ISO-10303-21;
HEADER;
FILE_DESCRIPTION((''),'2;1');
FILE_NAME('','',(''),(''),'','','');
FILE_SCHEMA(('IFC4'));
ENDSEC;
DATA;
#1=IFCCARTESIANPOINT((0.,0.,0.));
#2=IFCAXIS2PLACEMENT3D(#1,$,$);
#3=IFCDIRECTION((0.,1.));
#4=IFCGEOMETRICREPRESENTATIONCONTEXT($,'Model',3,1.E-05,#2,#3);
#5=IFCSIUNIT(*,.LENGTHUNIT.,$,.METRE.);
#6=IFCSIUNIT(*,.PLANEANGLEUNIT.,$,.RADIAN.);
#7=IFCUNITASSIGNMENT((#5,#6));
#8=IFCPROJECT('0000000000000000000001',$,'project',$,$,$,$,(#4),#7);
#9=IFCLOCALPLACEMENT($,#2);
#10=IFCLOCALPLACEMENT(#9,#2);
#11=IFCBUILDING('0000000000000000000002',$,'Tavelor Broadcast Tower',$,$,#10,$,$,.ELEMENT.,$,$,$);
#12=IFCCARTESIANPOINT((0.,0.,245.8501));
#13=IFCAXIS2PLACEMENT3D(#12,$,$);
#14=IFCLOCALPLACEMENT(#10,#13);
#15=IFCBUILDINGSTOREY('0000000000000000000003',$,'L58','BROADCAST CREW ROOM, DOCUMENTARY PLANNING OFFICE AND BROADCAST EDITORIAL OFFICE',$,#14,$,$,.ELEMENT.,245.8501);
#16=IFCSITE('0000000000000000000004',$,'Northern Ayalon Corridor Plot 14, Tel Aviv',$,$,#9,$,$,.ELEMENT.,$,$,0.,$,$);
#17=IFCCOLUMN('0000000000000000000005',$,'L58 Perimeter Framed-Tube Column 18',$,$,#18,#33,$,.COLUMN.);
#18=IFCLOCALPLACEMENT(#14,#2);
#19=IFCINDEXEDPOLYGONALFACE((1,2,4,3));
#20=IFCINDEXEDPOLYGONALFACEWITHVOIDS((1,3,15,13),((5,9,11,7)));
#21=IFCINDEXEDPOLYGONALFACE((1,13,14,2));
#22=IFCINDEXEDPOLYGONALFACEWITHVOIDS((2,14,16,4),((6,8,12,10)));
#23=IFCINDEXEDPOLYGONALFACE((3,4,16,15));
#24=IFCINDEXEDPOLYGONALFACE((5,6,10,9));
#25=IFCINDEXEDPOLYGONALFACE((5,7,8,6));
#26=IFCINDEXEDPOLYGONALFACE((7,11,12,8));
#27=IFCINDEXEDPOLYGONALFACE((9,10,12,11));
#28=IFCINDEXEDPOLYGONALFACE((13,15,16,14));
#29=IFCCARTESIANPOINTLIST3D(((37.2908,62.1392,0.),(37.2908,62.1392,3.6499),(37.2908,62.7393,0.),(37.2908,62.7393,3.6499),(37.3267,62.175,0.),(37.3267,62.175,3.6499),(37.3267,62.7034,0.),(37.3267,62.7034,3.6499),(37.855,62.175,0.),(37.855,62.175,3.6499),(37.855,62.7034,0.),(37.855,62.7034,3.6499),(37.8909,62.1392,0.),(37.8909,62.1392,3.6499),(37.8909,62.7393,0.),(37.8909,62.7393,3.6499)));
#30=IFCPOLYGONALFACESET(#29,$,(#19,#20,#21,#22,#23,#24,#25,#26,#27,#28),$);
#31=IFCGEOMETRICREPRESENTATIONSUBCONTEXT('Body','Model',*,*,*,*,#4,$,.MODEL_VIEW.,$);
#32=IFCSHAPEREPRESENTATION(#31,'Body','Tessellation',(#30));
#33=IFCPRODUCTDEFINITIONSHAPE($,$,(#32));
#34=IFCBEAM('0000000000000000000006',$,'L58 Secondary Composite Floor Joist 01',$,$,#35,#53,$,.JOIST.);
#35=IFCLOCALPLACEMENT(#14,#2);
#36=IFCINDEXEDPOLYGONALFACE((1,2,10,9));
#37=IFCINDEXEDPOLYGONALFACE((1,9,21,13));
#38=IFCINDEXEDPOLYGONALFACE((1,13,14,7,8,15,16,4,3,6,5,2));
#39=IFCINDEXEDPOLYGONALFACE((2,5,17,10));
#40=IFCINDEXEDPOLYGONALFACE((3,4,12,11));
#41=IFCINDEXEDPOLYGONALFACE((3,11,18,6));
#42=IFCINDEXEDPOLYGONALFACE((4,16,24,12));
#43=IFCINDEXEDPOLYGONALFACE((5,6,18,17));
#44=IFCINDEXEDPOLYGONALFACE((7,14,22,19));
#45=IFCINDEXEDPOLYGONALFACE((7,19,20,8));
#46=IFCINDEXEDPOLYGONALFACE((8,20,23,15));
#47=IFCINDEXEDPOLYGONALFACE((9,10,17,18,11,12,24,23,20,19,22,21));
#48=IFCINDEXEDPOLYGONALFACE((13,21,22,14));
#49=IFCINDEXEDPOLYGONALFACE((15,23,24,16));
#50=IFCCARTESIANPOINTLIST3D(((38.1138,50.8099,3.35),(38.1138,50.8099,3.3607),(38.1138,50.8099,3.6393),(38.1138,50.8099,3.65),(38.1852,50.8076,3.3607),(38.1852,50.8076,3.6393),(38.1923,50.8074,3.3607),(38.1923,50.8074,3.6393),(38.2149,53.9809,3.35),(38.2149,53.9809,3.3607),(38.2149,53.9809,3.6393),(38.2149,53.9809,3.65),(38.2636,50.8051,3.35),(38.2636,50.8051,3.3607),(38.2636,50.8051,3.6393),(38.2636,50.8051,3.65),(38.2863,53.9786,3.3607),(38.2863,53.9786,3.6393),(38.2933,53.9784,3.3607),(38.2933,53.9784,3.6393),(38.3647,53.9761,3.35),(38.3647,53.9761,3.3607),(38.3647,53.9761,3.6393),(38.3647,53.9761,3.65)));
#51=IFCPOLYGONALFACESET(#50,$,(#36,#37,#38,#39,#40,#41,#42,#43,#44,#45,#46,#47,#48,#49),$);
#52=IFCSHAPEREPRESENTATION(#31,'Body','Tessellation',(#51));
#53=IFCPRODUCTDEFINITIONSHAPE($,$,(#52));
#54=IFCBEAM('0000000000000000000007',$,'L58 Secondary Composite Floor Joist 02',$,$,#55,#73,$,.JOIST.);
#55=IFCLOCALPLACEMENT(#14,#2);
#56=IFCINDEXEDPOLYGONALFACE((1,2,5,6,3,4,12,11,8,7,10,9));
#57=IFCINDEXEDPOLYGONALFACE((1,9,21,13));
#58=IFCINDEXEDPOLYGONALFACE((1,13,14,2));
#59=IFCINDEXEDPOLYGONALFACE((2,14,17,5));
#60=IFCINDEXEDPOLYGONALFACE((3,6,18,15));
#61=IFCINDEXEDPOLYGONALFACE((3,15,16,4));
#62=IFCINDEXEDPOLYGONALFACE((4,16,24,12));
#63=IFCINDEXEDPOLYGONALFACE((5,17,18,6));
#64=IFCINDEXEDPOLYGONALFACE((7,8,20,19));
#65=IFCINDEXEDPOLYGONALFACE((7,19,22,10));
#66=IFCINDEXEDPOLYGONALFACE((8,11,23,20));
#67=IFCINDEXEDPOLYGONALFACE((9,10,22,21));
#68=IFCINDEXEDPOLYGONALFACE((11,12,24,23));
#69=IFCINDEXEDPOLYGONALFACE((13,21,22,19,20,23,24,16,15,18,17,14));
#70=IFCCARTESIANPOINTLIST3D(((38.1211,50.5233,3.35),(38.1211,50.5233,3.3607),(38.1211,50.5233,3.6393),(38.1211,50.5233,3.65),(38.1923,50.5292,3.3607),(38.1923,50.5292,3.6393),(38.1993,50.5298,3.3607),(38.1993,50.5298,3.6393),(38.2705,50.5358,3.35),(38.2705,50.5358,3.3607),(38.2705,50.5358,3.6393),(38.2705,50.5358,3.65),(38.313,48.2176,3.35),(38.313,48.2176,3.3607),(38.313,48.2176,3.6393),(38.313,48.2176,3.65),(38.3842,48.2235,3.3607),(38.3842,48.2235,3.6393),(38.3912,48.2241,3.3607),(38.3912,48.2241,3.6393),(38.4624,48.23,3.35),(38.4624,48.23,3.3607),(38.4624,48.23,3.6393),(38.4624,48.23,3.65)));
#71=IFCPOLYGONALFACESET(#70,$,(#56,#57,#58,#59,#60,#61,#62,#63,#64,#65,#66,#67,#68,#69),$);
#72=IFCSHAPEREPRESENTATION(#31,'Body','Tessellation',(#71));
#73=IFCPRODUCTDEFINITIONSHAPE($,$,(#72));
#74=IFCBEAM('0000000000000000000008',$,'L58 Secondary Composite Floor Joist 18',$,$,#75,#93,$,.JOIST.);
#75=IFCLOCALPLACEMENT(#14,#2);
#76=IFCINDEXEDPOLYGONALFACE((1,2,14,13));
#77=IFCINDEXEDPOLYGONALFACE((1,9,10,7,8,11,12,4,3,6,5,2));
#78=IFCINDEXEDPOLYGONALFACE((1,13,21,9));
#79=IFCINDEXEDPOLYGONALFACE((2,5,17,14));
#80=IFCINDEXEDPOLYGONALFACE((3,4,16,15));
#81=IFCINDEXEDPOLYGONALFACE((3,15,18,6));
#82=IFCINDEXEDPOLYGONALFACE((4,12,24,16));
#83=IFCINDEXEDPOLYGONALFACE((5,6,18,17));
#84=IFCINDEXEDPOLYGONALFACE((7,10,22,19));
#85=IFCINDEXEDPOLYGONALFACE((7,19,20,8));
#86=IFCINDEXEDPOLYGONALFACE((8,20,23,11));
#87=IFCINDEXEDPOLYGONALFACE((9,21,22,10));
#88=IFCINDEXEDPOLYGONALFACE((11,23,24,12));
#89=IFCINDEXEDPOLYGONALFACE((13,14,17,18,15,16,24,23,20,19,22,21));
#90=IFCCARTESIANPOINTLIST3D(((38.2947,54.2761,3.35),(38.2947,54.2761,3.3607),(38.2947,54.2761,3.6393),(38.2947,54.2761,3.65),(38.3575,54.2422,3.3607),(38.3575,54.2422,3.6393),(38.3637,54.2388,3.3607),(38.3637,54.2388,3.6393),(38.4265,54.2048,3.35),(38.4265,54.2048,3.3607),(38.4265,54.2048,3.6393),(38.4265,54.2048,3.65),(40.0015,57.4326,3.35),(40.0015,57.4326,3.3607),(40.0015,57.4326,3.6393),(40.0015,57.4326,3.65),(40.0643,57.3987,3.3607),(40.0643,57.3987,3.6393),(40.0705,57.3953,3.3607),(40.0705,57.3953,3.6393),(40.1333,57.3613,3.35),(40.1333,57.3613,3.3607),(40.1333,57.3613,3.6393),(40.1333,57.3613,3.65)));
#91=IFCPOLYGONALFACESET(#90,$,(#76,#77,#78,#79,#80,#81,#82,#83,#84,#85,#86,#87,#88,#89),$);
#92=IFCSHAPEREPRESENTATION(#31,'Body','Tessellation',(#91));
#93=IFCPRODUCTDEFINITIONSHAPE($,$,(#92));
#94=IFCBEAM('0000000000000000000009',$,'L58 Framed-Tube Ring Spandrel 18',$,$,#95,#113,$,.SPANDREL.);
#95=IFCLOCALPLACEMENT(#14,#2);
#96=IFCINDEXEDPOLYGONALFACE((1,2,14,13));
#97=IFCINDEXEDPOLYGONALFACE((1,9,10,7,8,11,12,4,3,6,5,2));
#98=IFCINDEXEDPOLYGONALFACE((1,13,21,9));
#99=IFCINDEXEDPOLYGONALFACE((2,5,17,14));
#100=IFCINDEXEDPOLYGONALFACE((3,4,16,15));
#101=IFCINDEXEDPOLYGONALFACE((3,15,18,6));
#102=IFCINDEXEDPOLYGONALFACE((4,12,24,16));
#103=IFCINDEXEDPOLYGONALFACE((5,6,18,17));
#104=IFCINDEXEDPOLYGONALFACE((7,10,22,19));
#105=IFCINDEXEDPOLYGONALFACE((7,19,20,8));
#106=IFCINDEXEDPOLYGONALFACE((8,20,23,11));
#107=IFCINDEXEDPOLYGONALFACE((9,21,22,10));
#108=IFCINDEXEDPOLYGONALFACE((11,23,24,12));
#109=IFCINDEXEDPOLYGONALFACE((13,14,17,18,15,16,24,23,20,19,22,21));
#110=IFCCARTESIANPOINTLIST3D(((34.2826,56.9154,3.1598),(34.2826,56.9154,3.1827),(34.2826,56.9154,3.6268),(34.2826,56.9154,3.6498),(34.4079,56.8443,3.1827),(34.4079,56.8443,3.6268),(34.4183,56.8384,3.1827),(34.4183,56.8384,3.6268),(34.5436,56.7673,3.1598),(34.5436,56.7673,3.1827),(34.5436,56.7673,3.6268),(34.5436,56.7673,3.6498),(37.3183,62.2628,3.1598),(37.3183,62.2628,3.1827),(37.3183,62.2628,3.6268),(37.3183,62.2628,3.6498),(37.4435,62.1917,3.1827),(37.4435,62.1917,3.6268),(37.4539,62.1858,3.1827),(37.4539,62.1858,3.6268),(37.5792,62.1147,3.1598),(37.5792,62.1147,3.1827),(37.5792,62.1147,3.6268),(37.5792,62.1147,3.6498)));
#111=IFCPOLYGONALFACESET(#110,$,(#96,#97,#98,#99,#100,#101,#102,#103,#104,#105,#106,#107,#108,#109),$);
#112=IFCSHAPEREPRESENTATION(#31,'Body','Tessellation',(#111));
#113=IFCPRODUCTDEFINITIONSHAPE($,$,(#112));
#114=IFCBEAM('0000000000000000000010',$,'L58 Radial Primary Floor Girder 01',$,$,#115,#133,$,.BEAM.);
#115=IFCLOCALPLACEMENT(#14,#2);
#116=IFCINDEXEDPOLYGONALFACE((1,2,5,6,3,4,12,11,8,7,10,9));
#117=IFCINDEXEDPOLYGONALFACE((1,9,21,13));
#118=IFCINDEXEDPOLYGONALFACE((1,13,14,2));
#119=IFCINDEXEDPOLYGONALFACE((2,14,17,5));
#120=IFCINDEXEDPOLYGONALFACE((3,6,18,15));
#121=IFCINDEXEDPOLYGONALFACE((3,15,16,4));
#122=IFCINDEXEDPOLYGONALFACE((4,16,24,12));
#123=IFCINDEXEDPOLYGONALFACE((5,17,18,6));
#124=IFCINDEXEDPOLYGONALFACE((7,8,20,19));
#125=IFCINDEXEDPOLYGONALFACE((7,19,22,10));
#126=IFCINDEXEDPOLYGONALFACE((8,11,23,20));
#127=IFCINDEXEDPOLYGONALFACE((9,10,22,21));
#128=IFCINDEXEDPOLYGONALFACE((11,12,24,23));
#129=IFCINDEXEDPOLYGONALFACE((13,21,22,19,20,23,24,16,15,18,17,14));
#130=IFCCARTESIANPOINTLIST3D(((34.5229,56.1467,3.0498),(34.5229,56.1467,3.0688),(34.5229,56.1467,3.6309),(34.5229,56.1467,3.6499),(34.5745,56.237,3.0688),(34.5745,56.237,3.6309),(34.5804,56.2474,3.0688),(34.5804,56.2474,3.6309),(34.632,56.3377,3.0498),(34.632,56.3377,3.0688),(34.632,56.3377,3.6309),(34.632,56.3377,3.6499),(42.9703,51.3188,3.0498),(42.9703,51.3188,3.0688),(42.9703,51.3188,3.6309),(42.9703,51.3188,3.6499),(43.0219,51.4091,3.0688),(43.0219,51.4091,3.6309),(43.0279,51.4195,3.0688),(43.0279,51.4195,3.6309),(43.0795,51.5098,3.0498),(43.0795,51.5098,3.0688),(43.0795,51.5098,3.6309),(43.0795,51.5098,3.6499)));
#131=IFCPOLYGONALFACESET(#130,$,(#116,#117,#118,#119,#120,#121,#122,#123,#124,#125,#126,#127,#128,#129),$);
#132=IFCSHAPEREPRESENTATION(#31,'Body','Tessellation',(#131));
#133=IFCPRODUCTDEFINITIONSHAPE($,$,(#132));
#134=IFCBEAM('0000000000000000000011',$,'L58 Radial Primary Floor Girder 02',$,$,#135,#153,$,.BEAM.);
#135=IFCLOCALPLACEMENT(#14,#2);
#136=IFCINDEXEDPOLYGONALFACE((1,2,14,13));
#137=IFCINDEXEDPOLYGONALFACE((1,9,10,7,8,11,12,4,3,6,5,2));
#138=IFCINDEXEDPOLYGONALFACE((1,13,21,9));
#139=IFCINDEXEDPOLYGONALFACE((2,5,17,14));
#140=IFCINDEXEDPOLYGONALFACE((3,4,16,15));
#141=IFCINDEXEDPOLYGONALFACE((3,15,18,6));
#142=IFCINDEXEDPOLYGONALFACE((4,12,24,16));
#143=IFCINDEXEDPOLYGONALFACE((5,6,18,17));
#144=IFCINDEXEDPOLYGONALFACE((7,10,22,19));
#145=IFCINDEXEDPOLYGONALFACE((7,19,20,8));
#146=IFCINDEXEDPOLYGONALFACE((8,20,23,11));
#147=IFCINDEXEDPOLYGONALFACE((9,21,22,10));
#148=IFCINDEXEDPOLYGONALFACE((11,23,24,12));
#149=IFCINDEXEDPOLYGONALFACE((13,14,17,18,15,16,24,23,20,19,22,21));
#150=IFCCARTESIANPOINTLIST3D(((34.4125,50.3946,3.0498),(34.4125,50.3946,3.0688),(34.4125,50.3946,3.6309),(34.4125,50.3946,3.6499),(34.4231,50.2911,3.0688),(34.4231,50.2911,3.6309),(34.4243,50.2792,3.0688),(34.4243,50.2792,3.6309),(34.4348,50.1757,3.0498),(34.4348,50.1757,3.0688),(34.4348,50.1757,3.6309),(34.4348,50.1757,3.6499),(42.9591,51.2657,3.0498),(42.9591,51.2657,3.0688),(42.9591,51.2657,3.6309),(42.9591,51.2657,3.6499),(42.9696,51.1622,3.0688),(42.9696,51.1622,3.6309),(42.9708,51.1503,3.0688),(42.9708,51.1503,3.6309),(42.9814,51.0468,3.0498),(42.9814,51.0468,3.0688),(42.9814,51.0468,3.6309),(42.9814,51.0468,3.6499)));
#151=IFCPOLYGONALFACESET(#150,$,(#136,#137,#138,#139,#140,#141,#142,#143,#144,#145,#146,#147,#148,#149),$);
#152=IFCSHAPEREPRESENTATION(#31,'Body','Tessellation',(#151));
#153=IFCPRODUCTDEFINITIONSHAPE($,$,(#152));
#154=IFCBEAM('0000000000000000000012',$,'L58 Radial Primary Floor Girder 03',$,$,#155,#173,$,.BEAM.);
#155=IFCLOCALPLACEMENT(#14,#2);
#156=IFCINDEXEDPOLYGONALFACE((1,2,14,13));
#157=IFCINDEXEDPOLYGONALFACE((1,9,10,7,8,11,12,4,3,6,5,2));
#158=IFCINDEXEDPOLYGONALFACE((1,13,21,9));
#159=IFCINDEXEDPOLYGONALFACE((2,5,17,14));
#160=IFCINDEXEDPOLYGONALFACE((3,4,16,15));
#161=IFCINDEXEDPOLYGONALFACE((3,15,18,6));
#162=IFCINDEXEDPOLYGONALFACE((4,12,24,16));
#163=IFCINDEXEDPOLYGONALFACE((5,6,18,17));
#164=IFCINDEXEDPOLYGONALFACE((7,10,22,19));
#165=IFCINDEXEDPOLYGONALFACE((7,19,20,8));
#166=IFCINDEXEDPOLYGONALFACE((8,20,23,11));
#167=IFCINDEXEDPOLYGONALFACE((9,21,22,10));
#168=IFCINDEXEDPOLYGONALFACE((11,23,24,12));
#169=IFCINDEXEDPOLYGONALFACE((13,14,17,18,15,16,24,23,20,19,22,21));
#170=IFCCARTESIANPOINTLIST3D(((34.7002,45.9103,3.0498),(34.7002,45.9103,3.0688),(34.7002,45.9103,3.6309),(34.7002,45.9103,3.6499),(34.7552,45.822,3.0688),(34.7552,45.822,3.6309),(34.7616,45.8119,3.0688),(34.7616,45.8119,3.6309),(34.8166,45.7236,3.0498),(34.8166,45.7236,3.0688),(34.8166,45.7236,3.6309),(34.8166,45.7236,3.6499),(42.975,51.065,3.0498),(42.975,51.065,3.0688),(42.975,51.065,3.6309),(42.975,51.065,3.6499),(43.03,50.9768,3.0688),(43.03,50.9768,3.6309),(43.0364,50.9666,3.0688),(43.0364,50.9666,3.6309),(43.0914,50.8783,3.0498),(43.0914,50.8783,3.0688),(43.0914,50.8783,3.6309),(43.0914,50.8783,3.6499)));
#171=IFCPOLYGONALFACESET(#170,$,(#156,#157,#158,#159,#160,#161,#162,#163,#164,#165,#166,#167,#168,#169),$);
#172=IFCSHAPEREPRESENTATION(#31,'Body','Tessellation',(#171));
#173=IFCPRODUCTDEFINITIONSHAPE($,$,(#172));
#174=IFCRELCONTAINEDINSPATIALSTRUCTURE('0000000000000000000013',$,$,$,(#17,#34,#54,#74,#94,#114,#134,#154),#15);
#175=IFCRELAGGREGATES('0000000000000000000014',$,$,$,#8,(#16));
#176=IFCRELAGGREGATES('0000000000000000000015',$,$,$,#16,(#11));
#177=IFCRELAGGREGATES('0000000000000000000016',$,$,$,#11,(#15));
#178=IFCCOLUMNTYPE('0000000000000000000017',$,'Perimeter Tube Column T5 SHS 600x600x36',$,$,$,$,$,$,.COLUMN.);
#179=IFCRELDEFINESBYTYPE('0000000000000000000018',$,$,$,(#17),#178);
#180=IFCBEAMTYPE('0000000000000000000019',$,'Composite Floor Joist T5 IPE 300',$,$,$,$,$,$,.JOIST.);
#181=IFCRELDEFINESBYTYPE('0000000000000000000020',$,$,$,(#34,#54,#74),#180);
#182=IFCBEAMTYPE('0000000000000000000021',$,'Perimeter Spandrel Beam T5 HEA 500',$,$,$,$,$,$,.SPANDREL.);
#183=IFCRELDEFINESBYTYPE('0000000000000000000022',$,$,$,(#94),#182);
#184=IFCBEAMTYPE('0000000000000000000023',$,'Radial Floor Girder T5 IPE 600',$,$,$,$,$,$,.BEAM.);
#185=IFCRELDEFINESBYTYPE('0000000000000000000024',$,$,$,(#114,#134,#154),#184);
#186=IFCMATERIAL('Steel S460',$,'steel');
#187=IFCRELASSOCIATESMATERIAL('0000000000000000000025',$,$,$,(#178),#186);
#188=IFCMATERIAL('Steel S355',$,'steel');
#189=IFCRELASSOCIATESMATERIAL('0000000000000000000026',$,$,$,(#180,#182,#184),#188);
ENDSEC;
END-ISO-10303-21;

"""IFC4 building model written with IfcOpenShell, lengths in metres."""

from ifc_helpers import new_model, si_unit, direction, frame, origin, origin_2d, place, context, subcontext, project, spatial, hollow_rectangle, i_section, extrude, material, material_profile, profile_set, type_object, element, save


model = new_model("IFC4")

# Units and contexts
model_context = context("Model", 3, precision=1e-05, world=origin(), true_north=direction((0.0, 1.0)))
body_context = subcontext(model_context, "Body", "Model", "MODEL_VIEW")
ifc_project = project(units=[si_unit("LENGTHUNIT", "METRE"), si_unit("PLANEANGLEUNIT", "RADIAN")], contexts=[model_context])

# Site, building, storey
site_placement = place(None, origin())
site = spatial("IfcSite", under=ifc_project, at=site_placement, Name="Northern Ayalon Corridor Plot 14, Tel Aviv", CompositionType="ELEMENT", RefElevation=0.0)
building_placement = place(site_placement, origin())
building = spatial("IfcBuilding", under=site, at=building_placement, Name="Tavelor Broadcast Tower", CompositionType="ELEMENT")
storey_placement = place(building_placement, frame((0.0, 0.0, 245.8501)))
storey = spatial("IfcBuildingStorey", under=building, at=storey_placement, Name="L58", Description="BROADCAST CREW ROOM, DOCUMENTARY PLANNING OFFICE AND BROADCAST EDITORIAL OFFICE", CompositionType="ELEMENT", Elevation=245.8501)

# Column
ifc_material_1 = material(Name="Steel S460", Category="steel")
ifc_material_profile_1 = material_profile(ifc_material_1, hollow_rectangle(XDim=0.6001, YDim=0.6001, WallThickness=0.0359, at=origin_2d()), Name="SHS 600x600x36")
ifc_profile_set_1 = profile_set([ifc_material_profile_1], Name="Steel S460")
column_type = type_object("IfcColumnType", Name="Perimeter Tube Column T5 SHS 600x600x36", PredefinedType="COLUMN", material=ifc_profile_set_1)
column_placement = place(storey_placement, frame((37.5908, 62.4392, 0.0), z_axis=(0.0, 0.0, 1.0), x_axis=(1.0, 0.0, 0.0)))
element("IfcColumn", 1, at=column_placement, inside=storey, type_object=column_type, Name="L58 Perimeter Framed-Tube Column 18", PredefinedType="COLUMN", context=body_context, shape_type="SweptSolid", body=[
    extrude(hollow_rectangle(XDim=0.6001, YDim=0.6001, WallThickness=0.0359, at=origin_2d()), origin(), (0.0, 0.0, 1.0), 3.6499),
])

# Beams
ifc_material_2 = material(Name="Steel S355", Category="steel")
ifc_material_profile_2 = material_profile(ifc_material_2, i_section(OverallWidth=0.1499, OverallDepth=0.3, WebThickness=0.0071, FlangeThickness=0.0107, at=origin_2d()), Name="IPE 300")
ifc_profile_set_2 = profile_set([ifc_material_profile_2], Name="Steel S355")
beam_type_1 = type_object("IfcBeamType", Name="Composite Floor Joist T5 IPE 300", PredefinedType="JOIST", material=ifc_profile_set_2)
beam_1_placement = place(storey_placement, frame((38.2898, 53.9785, 3.5), z_axis=(-0.031859, -0.999492, 0.0), x_axis=(0.999492, -0.031859, 0.0)))
element("IfcBeam", 2, at=beam_1_placement, inside=storey, type_object=beam_type_1, Name="L58 Secondary Composite Floor Joist 01", PredefinedType="JOIST", context=body_context, shape_type="SweptSolid", body=[
    extrude(i_section(OverallWidth=0.1499, OverallDepth=0.3, WebThickness=0.0071, FlangeThickness=0.0107, at=origin_2d()), origin(), (0.0, 0.0, 1.0), 3.1726),
])
beam_2_placement = place(storey_placement, frame((38.1958, 50.5295, 3.5), z_axis=(0.082941, -0.996554, 0.0), x_axis=(0.996554, 0.082941, 0.0)))
element("IfcBeam", 3, at=beam_2_placement, inside=storey, type_object=beam_type_1, Name="L58 Secondary Composite Floor Joist 02", PredefinedType="JOIST", context=body_context, shape_type="SweptSolid", body=[
    extrude(i_section(OverallWidth=0.1499, OverallDepth=0.3, WebThickness=0.0071, FlangeThickness=0.0107, at=origin_2d()), origin(), (0.0, 0.0, 1.0), 2.3137),
])
beam_3_placement = place(storey_placement, frame((40.0674, 57.397, 3.5), z_axis=(-0.475641, -0.87964, 0.0), x_axis=(0.87964, -0.475641, 0.0)))
element("IfcBeam", 4, at=beam_3_placement, inside=storey, type_object=beam_type_1, Name="L58 Secondary Composite Floor Joist 18", PredefinedType="JOIST", context=body_context, shape_type="SweptSolid", body=[
    extrude(i_section(OverallWidth=0.1499, OverallDepth=0.3, WebThickness=0.0071, FlangeThickness=0.0107, at=origin_2d()), origin(), (0.0, 0.0, 1.0), 3.5884),
])
ifc_material_profile_3 = material_profile(ifc_material_2, i_section(OverallWidth=0.3, OverallDepth=0.49, WebThickness=0.012, FlangeThickness=0.0229, at=origin_2d()), Name="HEA 500")
ifc_profile_set_3 = profile_set([ifc_material_profile_3], Name="Steel S355")
beam_type_2 = type_object("IfcBeamType", Name="Perimeter Spandrel Beam T5 HEA 500", PredefinedType="SPANDREL", material=ifc_profile_set_3)
beam_4_placement = place(storey_placement, frame((37.4487, 62.1887, 3.4048), z_axis=(-0.493683, -0.869642, 0.0), x_axis=(0.869642, -0.493683, 0.0)))
element("IfcBeam", 5, at=beam_4_placement, inside=storey, type_object=beam_type_2, Name="L58 Framed-Tube Ring Spandrel 18", PredefinedType="SPANDREL", context=body_context, shape_type="SweptSolid", body=[
    extrude(i_section(OverallWidth=0.3, OverallDepth=0.49, WebThickness=0.012, FlangeThickness=0.0229, at=origin_2d()), origin(), (0.0, 0.0, 1.0), 6.1489),
])
ifc_material_profile_4 = material_profile(ifc_material_2, i_section(OverallWidth=0.22, OverallDepth=0.6001, WebThickness=0.012, FlangeThickness=0.019, at=origin_2d()), Name="IPE 600")
ifc_profile_set_4 = profile_set([ifc_material_profile_4], Name="Steel S355")
beam_type_3 = type_object("IfcBeamType", Name="Radial Floor Girder T5 IPE 600", PredefinedType="BEAM", material=ifc_profile_set_4)
beam_5_placement = place(storey_placement, frame((43.0249, 51.4143, 3.3499), z_axis=(-0.868211, 0.496196, 0.0), x_axis=(-0.496196, -0.868211, 0.0)))
element("IfcBeam", 6, at=beam_5_placement, inside=storey, type_object=beam_type_3, Name="L58 Radial Primary Floor Girder 01", PredefinedType="BEAM", context=body_context, shape_type="SweptSolid", body=[
    extrude(i_section(OverallWidth=0.22, OverallDepth=0.6001, WebThickness=0.012, FlangeThickness=0.019, at=origin_2d()), origin(), (0.0, 0.0, 1.0), 9.7297),
])
beam_6_placement = place(storey_placement, frame((42.9702, 51.1562, 3.3499), z_axis=(-0.994846, -0.101397, 0.0), x_axis=(0.101397, -0.994846, 0.0)))
element("IfcBeam", 7, at=beam_6_placement, inside=storey, type_object=beam_type_3, Name="L58 Radial Primary Floor Girder 02", PredefinedType="BEAM", context=body_context, shape_type="SweptSolid", body=[
    extrude(i_section(OverallWidth=0.22, OverallDepth=0.6001, WebThickness=0.012, FlangeThickness=0.019, at=origin_2d()), origin(), (0.0, 0.0, 1.0), 8.5908),
])
beam_7_placement = place(storey_placement, frame((43.0332, 50.9717, 3.3499), z_axis=(-0.848782, -0.528742, 0.0), x_axis=(0.528742, -0.848782, 0.0)))
element("IfcBeam", 8, at=beam_7_placement, inside=storey, type_object=beam_type_3, Name="L58 Radial Primary Floor Girder 03", PredefinedType="BEAM", context=body_context, shape_type="SweptSolid", body=[
    extrude(i_section(OverallWidth=0.22, OverallDepth=0.6001, WebThickness=0.012, FlangeThickness=0.019, at=origin_2d()), origin(), (0.0, 0.0, 1.0), 9.749),
])

save(model, "model.ifc")
